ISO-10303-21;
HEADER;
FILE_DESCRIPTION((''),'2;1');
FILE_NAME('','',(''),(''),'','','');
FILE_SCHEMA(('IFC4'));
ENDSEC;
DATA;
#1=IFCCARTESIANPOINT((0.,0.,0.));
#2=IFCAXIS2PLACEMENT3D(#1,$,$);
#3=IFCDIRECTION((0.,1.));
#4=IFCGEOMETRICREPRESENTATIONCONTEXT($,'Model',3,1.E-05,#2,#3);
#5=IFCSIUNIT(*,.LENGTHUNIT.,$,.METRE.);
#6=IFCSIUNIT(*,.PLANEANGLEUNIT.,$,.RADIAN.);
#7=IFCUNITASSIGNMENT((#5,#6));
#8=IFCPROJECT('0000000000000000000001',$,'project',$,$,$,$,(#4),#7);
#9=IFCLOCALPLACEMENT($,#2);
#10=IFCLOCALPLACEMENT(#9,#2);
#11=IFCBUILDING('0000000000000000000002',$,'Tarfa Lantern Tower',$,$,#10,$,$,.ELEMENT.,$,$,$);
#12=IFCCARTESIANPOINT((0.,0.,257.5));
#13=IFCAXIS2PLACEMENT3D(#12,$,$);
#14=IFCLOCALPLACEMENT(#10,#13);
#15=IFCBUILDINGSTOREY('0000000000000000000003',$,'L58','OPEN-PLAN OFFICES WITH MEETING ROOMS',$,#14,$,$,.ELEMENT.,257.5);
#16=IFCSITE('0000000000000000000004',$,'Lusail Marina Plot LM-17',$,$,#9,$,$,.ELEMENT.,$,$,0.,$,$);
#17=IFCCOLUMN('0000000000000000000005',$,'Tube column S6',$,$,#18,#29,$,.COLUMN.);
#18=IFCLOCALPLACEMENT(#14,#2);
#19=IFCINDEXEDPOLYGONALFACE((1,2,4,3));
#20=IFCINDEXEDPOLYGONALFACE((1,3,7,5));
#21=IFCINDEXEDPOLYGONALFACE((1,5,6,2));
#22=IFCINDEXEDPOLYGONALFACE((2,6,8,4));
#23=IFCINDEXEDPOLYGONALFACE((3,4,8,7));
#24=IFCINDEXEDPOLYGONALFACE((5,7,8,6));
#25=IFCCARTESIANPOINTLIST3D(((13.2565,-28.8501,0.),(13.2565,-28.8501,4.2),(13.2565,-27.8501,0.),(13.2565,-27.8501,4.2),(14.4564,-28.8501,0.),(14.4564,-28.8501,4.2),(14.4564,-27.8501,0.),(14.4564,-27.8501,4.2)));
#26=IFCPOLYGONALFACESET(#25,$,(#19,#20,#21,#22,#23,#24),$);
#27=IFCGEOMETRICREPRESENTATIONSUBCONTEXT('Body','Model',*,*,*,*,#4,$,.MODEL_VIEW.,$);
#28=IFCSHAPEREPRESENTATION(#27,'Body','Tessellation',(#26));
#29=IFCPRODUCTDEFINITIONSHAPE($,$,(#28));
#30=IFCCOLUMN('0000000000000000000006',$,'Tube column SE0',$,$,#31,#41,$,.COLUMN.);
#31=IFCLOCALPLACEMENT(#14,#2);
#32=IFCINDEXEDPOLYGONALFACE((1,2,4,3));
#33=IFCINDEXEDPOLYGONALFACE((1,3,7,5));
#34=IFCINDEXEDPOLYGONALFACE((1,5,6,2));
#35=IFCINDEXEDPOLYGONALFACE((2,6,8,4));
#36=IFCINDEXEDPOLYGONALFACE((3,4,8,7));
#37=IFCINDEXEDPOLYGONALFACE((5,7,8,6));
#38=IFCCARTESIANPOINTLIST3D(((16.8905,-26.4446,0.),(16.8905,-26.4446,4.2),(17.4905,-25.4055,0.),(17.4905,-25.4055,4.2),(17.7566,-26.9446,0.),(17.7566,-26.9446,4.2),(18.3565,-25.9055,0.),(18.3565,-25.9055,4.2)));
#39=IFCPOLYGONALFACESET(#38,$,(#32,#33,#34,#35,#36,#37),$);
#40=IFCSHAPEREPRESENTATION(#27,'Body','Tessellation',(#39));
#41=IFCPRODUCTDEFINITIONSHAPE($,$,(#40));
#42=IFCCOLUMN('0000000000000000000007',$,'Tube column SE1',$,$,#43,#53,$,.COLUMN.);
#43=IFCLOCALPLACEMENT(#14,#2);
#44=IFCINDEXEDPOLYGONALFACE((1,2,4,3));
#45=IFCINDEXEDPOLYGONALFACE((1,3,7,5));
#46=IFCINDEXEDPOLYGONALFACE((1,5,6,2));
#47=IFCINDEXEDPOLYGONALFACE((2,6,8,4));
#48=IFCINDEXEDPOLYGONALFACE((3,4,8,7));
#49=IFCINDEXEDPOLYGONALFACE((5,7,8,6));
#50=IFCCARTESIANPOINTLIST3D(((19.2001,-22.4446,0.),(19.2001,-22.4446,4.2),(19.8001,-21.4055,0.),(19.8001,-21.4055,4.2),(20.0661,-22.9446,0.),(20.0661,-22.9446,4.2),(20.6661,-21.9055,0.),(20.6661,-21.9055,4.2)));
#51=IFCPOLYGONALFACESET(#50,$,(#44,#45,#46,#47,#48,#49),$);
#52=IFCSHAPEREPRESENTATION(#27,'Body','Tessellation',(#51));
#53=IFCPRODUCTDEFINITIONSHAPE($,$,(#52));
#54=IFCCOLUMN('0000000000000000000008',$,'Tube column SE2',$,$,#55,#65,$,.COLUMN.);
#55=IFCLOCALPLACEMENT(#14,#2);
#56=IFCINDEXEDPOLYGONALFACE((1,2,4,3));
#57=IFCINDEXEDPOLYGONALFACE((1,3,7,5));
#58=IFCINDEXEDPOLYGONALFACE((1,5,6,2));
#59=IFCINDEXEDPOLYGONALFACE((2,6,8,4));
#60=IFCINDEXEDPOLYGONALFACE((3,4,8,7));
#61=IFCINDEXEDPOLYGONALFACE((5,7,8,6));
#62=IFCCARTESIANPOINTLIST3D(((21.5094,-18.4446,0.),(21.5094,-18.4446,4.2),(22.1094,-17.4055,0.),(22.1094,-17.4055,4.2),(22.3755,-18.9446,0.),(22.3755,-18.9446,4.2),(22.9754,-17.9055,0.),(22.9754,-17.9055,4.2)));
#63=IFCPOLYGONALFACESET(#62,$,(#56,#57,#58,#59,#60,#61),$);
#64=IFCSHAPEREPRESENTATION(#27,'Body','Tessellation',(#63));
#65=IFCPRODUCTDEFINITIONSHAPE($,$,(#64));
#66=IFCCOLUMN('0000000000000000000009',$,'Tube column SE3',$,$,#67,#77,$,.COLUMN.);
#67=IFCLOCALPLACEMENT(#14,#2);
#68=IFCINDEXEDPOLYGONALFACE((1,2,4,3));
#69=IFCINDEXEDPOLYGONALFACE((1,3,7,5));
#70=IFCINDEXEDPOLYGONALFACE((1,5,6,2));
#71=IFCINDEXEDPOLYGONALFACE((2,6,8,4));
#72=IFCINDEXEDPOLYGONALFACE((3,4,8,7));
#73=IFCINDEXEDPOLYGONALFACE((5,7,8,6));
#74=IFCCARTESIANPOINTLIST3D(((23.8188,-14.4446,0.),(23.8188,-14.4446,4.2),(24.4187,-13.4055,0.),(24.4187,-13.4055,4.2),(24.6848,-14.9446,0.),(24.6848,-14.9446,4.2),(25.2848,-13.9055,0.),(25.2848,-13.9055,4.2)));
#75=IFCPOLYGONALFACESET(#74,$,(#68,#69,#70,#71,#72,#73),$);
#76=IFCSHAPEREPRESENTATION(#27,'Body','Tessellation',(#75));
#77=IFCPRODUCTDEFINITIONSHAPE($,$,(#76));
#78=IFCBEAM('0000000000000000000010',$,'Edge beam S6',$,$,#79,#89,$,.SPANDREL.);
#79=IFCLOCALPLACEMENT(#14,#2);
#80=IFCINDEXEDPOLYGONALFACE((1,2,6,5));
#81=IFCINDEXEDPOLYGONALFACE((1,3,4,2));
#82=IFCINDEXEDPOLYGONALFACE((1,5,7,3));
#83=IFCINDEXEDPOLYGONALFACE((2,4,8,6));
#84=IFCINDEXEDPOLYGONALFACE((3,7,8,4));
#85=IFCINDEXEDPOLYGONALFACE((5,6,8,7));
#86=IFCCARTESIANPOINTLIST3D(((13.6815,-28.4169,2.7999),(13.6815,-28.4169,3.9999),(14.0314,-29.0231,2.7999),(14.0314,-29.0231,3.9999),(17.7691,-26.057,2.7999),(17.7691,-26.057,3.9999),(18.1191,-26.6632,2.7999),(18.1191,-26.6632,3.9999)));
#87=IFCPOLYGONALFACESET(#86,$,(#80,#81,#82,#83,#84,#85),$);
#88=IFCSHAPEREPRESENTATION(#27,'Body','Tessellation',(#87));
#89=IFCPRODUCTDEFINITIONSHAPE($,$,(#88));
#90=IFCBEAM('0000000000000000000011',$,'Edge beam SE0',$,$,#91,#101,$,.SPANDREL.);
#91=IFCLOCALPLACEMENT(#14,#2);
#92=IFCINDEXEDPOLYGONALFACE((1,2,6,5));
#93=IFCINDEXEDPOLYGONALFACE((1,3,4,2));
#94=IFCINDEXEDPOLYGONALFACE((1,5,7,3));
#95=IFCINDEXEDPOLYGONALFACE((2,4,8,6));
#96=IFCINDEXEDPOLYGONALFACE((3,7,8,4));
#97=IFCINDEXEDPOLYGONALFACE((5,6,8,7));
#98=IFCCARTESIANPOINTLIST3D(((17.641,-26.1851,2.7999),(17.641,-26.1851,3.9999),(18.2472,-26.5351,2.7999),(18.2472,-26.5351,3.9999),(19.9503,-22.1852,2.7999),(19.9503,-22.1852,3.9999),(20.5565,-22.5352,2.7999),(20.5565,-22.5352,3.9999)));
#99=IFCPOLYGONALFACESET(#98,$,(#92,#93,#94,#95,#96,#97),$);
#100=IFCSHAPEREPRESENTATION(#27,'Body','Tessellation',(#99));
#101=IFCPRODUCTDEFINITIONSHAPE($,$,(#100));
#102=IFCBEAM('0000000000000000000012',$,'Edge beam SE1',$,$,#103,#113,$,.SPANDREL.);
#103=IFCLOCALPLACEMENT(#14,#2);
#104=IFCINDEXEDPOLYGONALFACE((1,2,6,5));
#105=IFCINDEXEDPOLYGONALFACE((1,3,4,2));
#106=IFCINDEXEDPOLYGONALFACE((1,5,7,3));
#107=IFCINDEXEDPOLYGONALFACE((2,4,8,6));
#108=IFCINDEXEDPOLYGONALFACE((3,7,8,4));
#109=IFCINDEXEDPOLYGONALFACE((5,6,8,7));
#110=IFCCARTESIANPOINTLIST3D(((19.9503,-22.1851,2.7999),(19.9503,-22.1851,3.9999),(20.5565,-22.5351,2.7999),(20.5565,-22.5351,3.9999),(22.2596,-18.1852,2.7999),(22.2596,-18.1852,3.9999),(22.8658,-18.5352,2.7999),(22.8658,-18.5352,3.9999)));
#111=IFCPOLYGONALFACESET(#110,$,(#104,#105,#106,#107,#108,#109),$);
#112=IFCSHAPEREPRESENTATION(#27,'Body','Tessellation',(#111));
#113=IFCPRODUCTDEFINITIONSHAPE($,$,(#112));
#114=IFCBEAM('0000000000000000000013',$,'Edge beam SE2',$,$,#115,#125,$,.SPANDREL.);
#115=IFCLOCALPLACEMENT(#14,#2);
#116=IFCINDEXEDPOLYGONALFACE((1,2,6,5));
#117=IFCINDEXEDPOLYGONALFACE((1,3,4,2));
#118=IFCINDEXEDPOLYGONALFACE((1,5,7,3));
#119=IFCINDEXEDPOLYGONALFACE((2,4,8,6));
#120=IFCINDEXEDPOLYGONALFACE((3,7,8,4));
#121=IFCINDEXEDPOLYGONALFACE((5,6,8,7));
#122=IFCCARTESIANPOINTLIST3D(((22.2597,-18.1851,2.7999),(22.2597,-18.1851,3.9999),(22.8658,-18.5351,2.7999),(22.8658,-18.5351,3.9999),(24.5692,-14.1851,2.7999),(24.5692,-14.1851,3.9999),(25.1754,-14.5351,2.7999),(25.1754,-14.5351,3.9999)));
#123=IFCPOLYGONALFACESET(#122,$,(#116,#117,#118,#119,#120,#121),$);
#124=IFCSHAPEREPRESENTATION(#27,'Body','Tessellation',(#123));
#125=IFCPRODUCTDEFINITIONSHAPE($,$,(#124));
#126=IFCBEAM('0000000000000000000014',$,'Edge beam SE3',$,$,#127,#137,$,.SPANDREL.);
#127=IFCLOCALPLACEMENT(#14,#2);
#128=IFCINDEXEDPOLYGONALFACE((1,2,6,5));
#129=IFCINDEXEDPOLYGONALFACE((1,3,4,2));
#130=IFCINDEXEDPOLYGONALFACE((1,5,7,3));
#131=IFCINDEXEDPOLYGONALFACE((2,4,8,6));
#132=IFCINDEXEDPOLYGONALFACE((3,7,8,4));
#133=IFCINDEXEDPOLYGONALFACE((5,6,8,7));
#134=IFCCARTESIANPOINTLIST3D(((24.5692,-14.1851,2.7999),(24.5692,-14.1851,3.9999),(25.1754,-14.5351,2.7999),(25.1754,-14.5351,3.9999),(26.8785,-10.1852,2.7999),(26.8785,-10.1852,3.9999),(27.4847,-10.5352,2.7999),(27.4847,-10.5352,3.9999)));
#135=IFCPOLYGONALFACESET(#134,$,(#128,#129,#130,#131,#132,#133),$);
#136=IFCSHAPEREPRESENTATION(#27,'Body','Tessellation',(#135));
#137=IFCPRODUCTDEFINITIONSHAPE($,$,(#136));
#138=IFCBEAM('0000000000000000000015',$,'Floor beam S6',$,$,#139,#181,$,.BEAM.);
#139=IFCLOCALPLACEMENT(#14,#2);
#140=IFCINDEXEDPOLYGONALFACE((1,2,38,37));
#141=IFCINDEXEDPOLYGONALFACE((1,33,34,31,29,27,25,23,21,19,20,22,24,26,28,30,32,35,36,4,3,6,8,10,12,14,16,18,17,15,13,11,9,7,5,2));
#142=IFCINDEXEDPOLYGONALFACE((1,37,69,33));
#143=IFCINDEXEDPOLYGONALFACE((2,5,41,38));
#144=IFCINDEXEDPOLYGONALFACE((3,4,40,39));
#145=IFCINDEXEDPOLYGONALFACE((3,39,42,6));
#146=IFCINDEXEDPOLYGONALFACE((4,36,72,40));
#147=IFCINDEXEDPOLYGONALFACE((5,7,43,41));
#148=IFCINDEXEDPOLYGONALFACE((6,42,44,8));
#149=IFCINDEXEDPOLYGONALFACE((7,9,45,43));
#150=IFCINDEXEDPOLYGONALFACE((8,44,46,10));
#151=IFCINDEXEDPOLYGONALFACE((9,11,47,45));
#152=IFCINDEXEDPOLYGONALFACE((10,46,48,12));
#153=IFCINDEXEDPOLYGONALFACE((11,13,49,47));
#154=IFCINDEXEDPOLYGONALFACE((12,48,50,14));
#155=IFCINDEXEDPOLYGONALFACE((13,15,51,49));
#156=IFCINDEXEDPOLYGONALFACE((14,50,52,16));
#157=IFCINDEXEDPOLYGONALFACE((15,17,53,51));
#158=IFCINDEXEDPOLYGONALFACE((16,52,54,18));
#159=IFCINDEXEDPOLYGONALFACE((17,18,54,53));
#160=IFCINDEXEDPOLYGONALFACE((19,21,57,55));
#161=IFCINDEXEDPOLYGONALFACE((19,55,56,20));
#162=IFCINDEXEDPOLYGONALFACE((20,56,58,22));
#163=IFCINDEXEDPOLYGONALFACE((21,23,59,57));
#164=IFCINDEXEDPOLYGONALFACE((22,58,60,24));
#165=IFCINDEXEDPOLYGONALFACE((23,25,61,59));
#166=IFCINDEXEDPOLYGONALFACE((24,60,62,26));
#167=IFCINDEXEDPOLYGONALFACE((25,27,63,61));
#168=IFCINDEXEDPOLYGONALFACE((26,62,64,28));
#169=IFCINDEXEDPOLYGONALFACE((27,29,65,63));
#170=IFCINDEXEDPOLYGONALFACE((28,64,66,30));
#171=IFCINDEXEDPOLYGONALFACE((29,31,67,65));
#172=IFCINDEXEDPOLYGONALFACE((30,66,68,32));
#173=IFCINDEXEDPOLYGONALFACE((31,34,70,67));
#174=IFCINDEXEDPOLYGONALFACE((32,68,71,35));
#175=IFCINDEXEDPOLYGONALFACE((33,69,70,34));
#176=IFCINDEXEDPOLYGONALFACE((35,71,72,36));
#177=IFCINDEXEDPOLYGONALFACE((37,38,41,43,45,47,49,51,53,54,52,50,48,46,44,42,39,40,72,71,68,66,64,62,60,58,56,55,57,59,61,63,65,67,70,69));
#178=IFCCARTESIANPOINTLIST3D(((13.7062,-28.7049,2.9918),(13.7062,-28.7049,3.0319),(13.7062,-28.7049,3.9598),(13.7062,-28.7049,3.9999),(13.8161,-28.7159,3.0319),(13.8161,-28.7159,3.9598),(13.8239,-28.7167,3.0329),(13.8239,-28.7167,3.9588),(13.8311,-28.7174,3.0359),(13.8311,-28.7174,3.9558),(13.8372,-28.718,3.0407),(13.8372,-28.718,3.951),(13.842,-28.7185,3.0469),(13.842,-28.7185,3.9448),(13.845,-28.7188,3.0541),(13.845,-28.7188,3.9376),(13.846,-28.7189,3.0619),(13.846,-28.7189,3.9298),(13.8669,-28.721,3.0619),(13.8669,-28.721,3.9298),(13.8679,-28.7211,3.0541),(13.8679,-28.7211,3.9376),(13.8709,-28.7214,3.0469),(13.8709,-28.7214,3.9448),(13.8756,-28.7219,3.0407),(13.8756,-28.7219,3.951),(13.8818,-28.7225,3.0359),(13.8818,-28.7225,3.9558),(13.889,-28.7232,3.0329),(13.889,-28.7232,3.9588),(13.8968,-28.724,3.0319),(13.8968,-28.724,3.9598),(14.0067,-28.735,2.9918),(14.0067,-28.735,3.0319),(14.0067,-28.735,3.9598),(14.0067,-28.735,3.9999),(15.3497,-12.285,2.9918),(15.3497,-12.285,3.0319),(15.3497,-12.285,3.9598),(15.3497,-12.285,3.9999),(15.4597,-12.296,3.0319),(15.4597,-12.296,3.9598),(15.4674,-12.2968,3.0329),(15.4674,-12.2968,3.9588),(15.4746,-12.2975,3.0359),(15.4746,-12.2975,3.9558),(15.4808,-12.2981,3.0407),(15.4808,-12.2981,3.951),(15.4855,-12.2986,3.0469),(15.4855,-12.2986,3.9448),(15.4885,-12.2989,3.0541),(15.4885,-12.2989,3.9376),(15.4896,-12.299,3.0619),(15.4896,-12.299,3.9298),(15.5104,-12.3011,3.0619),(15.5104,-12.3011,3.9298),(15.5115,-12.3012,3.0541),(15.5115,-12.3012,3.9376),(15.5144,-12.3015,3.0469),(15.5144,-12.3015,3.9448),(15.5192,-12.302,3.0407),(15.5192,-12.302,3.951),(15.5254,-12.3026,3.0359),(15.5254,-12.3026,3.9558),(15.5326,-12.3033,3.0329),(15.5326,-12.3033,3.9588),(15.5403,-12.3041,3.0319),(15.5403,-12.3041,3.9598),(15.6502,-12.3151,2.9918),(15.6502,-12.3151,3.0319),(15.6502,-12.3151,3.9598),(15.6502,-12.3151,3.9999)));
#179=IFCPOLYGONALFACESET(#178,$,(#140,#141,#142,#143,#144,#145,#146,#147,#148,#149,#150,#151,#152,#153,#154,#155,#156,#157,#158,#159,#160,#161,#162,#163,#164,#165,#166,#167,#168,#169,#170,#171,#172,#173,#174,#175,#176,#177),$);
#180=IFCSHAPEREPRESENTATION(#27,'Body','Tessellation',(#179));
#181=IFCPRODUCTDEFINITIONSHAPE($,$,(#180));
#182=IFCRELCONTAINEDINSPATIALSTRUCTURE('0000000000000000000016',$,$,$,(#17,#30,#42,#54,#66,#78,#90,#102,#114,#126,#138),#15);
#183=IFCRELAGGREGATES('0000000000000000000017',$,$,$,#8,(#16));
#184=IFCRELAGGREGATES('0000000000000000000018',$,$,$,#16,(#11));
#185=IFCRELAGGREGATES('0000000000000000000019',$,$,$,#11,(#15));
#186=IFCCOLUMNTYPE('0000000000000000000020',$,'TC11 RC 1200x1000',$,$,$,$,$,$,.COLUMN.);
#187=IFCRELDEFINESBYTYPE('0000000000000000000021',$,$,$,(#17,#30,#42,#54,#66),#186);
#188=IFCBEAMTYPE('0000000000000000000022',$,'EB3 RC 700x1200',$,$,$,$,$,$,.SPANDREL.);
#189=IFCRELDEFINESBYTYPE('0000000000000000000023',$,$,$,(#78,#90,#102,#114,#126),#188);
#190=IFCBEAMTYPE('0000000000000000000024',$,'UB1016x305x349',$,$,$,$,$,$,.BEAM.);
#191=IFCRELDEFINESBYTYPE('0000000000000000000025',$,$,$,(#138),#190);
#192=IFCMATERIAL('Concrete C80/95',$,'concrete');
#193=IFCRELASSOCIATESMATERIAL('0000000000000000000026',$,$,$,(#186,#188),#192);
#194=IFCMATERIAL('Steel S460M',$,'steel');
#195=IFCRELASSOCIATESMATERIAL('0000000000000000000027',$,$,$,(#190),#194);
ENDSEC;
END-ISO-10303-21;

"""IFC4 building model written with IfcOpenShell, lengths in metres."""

from ifc_helpers import new_model, si_unit, direction, frame, origin, origin_2d, place, context, subcontext, project, spatial, rectangle, i_section, extrude, material, material_profile, profile_set, type_object, element, save


model = new_model("IFC4")

# Units and contexts
model_context = context("Model", 3, precision=1e-05, world=origin(), true_north=direction((0.0, 1.0)))
body_context = subcontext(model_context, "Body", "Model", "MODEL_VIEW")
ifc_project = project(units=[si_unit("LENGTHUNIT", "METRE"), si_unit("PLANEANGLEUNIT", "RADIAN")], contexts=[model_context])

# Site, building, storey
site_placement = place(None, origin())
site = spatial("IfcSite", under=ifc_project, at=site_placement, Name="Lusail Marina Plot LM-17", CompositionType="ELEMENT", RefElevation=0.0)
building_placement = place(site_placement, origin())
building = spatial("IfcBuilding", under=site, at=building_placement, Name="Tarfa Lantern Tower", CompositionType="ELEMENT")
storey_placement = place(building_placement, frame((0.0, 0.0, 257.5)))
storey = spatial("IfcBuildingStorey", under=building, at=storey_placement, Name="L58", Description="OPEN-PLAN OFFICES WITH MEETING ROOMS", CompositionType="ELEMENT", Elevation=257.5)

# Columns
ifc_material_1 = material(Name="Concrete C80/95", Category="concrete")
ifc_material_profile_1 = material_profile(ifc_material_1, rectangle(XDim=1.2, YDim=1.0, at=origin_2d()), Name="RC 1200x1000")
ifc_profile_set_1 = profile_set([ifc_material_profile_1], Name="Concrete C80/95")
column_type = type_object("IfcColumnType", Name="TC11 RC 1200x1000", PredefinedType="COLUMN", material=ifc_profile_set_1)
for number, where, z_axis, x_axis, name in (
    (1, (13.8564, -28.3501, 0.0), (0.0, 0.0, 1.0), (1.0, 0.0, 0.0), "Tube column S6"),
    (2, (17.6235, -26.175, 0.0), (0.0, 0.0, 1.0), (0.5, 0.866025, 0.0), "Tube column SE0"),
    (3, (19.9331, -22.175, 0.0), (0.0, 0.0, 1.0), (0.5, 0.866025, 0.0), "Tube column SE1"),
    (4, (22.2424, -18.175, 0.0), (0.0, 0.0, 1.0), (0.5, 0.866025, 0.0), "Tube column SE2"),
    (5, (24.5518, -14.175, 0.0), (0.0, 0.0, 1.0), (0.5, 0.866025, 0.0), "Tube column SE3"),
):
    element("IfcColumn", number, at=place(storey_placement, frame(where, z_axis=z_axis, x_axis=x_axis)), inside=storey, type_object=column_type, Name=name, PredefinedType="COLUMN", context=body_context, shape_type="SweptSolid", body=[
        extrude(rectangle(XDim=1.2, YDim=1.0, at=origin_2d()), origin(), (0.0, 0.0, 1.0), 4.2),
    ])

# Beams
ifc_material_profile_2 = material_profile(ifc_material_1, rectangle(XDim=0.7, YDim=1.2, at=origin_2d()), Name="RC 700x1200")
ifc_profile_set_2 = profile_set([ifc_material_profile_2], Name="Concrete C80/95")
beam_type_1 = type_object("IfcBeamType", Name="EB3 RC 700x1200", PredefinedType="SPANDREL", material=ifc_profile_set_2)
beam_1_placement = place(storey_placement, frame((13.8564, -28.72, 3.3999), z_axis=(0.866038, 0.499978, 0.0), x_axis=(-0.499978, 0.866038, 0.0)))
element("IfcBeam", 6, at=beam_1_placement, inside=storey, type_object=beam_type_1, Name="Edge beam S6", PredefinedType="SPANDREL", context=body_context, shape_type="SweptSolid", body=[
    extrude(rectangle(XDim=0.7, YDim=1.2, at=origin_2d()), origin(), (0.0, 0.0, 1.0), 4.72),
])
for number, where, z_axis, x_axis, name in (
    (7, (17.9441, -26.3601, 3.3999), (0.499988, 0.866032, 0.0), (-0.866032, 0.499988, 0.0), "Edge beam SE0"),
    (8, (20.2534, -22.3601, 3.3999), (0.499988, 0.866032, 0.0), (-0.866032, 0.499988, 0.0), "Edge beam SE1"),
):
    element("IfcBeam", number, at=place(storey_placement, frame(where, z_axis=z_axis, x_axis=x_axis)), inside=storey, type_object=beam_type_1, Name=name, PredefinedType="SPANDREL", context=body_context, shape_type="SweptSolid", body=[
        extrude(rectangle(XDim=0.7, YDim=1.2, at=origin_2d()), origin(), (0.0, 0.0, 1.0), 4.6187),
    ])
beam_2_placement = place(storey_placement, frame((22.5627, -18.3601, 3.3999), z_axis=(0.500027, 0.86601, 0.0), x_axis=(-0.86601, 0.500027, 0.0)))
element("IfcBeam", 9, at=beam_2_placement, inside=storey, type_object=beam_type_1, Name="Edge beam SE2", PredefinedType="SPANDREL", context=body_context, shape_type="SweptSolid", body=[
    extrude(rectangle(XDim=0.7, YDim=1.2, at=origin_2d()), origin(), (0.0, 0.0, 1.0), 4.6189),
])
beam_3_placement = place(storey_placement, frame((24.8723, -14.3601, 3.3999), z_axis=(0.499988, 0.866032, 0.0), x_axis=(-0.866032, 0.499988, 0.0)))
element("IfcBeam", 10, at=beam_3_placement, inside=storey, type_object=beam_type_1, Name="Edge beam SE3", PredefinedType="SPANDREL", context=body_context, shape_type="SweptSolid", body=[
    extrude(rectangle(XDim=0.7, YDim=1.2, at=origin_2d()), origin(), (0.0, 0.0, 1.0), 4.6187),
])
ifc_material_2 = material(Name="Steel S460M", Category="steel")
ifc_material_profile_3 = material_profile(ifc_material_2, i_section(OverallWidth=0.302, OverallDepth=1.0081, WebThickness=0.021, FlangeThickness=0.04, FilletRadius=0.03, at=origin_2d()), Name="UB1016x305x349")
ifc_profile_set_3 = profile_set([ifc_material_profile_3], Name="Steel S460M")
beam_type_2 = type_object("IfcBeamType", Name="UB1016x305x349", PredefinedType="BEAM", material=ifc_profile_set_3)
beam_4_placement = place(storey_placement, frame((13.8564, -28.72, 3.4958), z_axis=(0.099597, 0.995028, 0.0), x_axis=(-0.995028, 0.099597, 0.0)))
element("IfcBeam", 11, at=beam_4_placement, inside=storey, type_object=beam_type_2, Name="Floor beam S6", PredefinedType="BEAM", context=body_context, shape_type="SweptSolid", body=[
    extrude(i_section(OverallWidth=0.302, OverallDepth=1.0081, WebThickness=0.021, FlangeThickness=0.04, FilletRadius=0.03, at=origin_2d()), origin(), (0.0, 0.0, 1.0), 16.502),
])

save(model, "model.ifc")
